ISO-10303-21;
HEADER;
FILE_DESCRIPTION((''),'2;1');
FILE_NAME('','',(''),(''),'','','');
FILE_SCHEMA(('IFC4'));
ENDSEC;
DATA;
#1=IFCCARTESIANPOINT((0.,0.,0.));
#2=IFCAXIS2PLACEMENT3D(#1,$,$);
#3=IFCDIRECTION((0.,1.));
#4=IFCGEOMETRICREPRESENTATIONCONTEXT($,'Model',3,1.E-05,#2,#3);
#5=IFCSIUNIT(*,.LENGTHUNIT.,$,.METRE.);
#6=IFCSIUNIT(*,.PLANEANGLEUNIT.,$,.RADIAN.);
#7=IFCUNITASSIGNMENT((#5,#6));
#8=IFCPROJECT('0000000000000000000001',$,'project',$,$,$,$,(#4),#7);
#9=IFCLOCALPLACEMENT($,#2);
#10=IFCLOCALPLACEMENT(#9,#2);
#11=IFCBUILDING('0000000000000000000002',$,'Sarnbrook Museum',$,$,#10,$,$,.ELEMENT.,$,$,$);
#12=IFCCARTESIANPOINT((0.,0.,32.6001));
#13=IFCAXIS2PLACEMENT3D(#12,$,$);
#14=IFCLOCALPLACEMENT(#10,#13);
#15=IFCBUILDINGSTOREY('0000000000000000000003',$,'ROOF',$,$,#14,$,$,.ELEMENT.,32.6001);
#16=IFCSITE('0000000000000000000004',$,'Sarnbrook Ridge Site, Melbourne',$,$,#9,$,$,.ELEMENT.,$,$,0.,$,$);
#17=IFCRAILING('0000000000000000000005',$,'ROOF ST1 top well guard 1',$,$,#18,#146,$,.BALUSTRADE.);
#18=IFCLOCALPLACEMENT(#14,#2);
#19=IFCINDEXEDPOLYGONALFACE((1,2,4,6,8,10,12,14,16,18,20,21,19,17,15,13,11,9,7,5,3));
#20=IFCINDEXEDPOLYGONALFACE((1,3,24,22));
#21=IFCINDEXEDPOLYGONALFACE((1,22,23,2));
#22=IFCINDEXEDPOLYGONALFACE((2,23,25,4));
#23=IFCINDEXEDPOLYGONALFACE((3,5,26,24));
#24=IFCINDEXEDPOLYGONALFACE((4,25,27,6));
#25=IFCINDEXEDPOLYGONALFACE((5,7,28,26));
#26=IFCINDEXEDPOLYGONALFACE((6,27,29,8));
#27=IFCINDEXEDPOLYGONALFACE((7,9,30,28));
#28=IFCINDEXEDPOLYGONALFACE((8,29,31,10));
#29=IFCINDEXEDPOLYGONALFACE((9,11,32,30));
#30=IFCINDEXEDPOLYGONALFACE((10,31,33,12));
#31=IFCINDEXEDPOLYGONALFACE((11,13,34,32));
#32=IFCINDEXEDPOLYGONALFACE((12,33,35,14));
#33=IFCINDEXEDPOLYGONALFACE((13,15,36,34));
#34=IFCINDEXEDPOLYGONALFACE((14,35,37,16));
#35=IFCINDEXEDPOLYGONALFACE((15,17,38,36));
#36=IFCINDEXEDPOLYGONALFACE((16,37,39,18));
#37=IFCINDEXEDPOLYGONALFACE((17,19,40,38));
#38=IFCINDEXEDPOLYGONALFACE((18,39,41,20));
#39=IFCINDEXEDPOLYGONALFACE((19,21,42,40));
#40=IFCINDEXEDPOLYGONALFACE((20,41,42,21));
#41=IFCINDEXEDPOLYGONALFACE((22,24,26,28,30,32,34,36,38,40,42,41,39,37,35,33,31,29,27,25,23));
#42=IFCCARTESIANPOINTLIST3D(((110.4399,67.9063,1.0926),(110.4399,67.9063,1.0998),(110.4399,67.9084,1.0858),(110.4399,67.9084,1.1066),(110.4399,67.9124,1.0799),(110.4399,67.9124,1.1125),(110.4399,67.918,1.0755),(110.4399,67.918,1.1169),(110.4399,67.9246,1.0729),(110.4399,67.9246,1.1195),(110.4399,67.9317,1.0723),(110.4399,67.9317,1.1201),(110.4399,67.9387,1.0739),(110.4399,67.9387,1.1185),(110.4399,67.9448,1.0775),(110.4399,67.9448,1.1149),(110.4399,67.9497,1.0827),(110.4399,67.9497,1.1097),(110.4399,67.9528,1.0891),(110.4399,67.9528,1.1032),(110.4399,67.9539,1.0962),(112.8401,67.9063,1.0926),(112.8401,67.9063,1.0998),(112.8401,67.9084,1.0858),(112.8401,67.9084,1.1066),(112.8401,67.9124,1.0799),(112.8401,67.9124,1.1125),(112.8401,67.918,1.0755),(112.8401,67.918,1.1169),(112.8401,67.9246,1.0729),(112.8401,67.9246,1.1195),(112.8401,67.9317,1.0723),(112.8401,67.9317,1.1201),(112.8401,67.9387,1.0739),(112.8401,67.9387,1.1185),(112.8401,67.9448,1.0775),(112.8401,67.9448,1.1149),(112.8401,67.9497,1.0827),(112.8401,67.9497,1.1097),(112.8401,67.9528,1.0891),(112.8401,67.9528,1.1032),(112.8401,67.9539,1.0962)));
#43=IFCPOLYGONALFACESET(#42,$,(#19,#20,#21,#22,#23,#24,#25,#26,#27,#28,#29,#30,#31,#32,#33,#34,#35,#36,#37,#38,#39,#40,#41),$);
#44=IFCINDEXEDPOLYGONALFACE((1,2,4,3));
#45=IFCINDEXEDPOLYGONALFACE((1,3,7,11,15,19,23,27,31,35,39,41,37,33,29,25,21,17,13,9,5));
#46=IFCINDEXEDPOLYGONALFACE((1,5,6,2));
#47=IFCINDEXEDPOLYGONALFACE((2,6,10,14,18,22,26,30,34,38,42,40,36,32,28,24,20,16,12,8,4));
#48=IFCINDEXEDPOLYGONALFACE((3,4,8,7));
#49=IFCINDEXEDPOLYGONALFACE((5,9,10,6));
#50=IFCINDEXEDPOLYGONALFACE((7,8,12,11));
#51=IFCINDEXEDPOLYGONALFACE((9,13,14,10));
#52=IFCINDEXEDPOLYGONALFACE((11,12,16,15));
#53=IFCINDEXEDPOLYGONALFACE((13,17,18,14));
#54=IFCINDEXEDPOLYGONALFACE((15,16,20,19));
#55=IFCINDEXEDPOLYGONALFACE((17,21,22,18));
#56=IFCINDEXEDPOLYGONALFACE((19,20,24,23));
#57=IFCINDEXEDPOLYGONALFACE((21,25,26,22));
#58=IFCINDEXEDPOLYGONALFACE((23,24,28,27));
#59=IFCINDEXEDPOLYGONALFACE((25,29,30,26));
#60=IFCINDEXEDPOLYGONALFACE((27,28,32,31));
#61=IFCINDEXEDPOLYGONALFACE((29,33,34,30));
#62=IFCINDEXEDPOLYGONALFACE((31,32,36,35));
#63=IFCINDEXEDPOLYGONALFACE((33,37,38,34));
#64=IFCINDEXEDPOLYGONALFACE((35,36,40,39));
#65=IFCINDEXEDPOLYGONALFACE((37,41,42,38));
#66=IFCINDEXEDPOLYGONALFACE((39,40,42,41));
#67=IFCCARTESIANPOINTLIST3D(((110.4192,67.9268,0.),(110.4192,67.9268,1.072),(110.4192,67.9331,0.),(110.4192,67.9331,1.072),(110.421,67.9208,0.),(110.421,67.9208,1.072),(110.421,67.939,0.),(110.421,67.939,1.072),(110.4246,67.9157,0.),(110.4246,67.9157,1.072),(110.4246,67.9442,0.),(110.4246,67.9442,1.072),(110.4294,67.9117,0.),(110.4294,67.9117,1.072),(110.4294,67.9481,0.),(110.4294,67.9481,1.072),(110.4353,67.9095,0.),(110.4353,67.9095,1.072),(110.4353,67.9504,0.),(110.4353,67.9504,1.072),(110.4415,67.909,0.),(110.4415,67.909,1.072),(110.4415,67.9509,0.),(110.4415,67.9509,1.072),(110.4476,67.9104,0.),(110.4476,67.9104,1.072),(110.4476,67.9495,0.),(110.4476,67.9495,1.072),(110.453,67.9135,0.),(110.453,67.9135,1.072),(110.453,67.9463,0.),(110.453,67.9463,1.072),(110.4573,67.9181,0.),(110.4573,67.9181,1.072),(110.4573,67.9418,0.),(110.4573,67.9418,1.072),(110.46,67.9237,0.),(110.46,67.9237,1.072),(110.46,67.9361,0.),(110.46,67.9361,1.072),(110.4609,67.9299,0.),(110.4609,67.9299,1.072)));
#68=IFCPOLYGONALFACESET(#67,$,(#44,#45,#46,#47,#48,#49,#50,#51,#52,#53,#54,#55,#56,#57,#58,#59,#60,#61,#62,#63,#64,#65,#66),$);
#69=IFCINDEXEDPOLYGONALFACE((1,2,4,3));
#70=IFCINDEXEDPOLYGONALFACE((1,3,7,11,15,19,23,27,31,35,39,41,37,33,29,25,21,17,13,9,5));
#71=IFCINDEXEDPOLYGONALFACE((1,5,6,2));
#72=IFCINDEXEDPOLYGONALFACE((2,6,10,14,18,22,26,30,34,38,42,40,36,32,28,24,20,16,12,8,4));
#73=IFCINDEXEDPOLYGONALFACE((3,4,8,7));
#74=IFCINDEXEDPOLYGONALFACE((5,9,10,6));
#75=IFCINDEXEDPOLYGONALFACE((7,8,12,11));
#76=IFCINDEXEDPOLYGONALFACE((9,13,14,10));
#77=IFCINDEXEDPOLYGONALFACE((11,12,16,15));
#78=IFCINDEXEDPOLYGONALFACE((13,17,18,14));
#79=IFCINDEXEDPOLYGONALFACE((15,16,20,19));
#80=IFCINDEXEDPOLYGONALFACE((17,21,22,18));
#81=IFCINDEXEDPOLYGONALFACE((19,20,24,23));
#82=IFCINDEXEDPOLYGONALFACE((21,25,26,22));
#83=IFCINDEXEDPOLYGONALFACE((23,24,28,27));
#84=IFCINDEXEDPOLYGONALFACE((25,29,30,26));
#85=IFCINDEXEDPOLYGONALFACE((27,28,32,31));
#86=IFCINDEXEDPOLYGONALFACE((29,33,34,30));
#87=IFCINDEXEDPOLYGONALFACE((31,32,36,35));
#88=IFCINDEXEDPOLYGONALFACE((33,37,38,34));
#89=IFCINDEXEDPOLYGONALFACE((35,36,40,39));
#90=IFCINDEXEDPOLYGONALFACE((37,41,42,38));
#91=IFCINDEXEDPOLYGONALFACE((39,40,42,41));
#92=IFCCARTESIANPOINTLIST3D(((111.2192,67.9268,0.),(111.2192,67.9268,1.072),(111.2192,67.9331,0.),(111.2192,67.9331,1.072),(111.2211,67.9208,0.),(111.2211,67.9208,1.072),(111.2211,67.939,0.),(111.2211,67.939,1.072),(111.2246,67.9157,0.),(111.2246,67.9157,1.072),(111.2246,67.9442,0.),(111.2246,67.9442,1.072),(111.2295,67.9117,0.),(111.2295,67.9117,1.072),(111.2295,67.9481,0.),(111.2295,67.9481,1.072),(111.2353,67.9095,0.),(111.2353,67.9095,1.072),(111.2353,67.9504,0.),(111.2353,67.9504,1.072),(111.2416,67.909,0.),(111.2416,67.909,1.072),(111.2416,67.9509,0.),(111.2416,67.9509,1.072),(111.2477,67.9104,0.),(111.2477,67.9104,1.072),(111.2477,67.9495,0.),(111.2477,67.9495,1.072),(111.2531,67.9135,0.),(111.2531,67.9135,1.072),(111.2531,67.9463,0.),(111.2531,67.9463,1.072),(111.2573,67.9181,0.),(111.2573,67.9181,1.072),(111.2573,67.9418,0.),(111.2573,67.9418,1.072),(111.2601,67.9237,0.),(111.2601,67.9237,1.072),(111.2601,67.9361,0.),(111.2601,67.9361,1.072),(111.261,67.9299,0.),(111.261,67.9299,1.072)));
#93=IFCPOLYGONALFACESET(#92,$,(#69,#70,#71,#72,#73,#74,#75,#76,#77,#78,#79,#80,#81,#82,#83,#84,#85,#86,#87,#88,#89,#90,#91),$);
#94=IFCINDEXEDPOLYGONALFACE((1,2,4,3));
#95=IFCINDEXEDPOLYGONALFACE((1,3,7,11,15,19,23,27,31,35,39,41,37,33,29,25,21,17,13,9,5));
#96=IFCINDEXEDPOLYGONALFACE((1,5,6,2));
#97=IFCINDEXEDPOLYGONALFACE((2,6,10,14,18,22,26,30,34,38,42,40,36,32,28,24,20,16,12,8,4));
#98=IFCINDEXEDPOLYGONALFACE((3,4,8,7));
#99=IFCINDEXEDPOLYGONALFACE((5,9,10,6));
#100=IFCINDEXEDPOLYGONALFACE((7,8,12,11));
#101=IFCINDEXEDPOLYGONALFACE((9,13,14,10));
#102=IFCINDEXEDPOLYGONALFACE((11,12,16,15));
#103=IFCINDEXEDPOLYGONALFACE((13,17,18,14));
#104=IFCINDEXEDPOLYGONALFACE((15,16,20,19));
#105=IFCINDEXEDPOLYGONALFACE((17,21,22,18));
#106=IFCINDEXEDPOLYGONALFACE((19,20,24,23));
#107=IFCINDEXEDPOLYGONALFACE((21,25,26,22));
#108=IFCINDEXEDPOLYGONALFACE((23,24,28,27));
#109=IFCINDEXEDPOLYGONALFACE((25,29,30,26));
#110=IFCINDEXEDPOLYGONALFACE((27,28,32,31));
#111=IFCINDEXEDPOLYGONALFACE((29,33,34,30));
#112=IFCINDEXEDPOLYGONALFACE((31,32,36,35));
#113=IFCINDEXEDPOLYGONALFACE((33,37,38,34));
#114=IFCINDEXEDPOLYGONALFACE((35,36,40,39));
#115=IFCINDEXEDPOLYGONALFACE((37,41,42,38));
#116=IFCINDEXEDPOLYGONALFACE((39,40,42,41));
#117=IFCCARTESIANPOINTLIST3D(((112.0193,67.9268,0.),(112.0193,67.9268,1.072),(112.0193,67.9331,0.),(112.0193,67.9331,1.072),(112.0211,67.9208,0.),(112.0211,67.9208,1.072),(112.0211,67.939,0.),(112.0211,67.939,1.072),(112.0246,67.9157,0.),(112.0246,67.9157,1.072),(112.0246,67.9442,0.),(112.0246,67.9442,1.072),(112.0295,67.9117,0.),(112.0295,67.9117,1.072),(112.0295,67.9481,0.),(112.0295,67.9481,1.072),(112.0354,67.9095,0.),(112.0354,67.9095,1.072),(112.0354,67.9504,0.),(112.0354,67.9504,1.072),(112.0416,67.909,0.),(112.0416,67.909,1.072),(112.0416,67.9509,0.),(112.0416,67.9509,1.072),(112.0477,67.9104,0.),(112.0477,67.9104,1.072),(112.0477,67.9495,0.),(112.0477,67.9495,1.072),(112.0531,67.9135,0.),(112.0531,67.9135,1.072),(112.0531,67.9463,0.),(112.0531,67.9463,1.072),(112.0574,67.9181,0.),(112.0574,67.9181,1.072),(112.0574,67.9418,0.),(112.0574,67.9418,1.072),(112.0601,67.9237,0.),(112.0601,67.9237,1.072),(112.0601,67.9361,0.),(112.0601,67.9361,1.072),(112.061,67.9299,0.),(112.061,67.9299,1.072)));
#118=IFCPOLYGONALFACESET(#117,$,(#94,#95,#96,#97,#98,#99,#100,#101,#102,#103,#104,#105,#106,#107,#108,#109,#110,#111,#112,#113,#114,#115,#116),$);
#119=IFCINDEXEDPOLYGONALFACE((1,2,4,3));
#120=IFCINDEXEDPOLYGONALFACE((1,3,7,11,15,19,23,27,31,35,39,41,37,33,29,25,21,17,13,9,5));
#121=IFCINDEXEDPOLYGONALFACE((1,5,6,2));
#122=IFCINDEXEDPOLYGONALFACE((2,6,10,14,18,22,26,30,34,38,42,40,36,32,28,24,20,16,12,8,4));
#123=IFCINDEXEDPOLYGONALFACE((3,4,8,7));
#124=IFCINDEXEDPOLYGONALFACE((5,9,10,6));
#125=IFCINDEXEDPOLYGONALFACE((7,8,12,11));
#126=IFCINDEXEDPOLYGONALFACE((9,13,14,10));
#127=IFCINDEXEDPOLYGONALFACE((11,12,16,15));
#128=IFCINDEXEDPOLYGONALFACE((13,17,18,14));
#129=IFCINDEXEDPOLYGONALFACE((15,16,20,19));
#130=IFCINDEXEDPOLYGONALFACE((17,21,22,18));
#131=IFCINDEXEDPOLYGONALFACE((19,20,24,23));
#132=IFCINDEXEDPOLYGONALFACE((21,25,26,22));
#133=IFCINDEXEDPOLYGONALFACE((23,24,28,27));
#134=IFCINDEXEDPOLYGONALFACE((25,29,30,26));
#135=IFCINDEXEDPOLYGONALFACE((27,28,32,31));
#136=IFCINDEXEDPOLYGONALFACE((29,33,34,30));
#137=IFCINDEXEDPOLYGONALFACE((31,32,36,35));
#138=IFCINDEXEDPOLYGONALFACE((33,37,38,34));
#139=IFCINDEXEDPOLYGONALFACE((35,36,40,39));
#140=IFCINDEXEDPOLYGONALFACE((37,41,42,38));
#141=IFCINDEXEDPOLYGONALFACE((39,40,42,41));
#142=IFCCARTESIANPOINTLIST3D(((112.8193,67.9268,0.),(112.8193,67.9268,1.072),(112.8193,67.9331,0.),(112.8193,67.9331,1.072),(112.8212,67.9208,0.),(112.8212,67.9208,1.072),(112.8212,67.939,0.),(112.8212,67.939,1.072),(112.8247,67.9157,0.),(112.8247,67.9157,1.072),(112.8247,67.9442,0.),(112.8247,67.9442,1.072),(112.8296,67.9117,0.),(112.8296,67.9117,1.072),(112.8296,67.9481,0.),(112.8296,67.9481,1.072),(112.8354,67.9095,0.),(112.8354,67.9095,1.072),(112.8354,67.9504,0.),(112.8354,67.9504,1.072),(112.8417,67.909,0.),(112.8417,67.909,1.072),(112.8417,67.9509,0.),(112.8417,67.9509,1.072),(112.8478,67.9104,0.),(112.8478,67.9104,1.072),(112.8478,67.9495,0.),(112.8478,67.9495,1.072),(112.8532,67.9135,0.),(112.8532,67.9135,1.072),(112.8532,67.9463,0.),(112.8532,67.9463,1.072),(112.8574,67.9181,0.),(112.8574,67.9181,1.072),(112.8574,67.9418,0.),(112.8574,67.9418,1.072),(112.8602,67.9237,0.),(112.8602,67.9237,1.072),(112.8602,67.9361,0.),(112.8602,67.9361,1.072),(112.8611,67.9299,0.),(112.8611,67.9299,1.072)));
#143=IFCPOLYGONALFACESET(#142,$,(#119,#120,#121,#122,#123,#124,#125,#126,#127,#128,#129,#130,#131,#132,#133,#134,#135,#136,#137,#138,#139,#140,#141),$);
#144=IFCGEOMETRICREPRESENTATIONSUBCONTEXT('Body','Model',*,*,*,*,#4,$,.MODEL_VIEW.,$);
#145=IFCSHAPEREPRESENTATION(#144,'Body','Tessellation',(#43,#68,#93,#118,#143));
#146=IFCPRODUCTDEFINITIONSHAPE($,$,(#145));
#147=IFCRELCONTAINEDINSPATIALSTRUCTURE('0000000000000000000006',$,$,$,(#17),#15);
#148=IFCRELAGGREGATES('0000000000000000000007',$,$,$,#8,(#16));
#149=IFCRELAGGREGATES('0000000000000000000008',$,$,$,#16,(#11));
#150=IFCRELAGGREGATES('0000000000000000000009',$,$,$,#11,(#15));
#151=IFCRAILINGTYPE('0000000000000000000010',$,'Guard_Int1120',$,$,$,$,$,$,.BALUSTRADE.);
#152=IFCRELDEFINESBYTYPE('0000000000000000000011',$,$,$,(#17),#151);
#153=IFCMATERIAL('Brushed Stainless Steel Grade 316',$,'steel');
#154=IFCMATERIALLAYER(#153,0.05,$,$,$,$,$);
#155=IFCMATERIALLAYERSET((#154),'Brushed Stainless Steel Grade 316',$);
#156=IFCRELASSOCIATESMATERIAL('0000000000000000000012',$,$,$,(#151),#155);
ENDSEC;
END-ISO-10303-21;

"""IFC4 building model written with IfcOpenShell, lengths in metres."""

from ifc_helpers import new_model, si_unit, direction, frame, origin, origin_2d, place, context, subcontext, project, spatial, circle, extrude, material, layer, layer_set, type_object, element, save


model = new_model("IFC4")

# Units and contexts
model_context = context("Model", 3, precision=1e-05, world=origin(), true_north=direction((0.0, 1.0)))
body_context = subcontext(model_context, "Body", "Model", "MODEL_VIEW")
ifc_project = project(units=[si_unit("LENGTHUNIT", "METRE"), si_unit("PLANEANGLEUNIT", "RADIAN")], contexts=[model_context])

# Site, building, storey
site_placement = place(None, origin())
site = spatial("IfcSite", under=ifc_project, at=site_placement, Name="Sarnbrook Ridge Site, Melbourne", CompositionType="ELEMENT", RefElevation=0.0)
building_placement = place(site_placement, origin())
building = spatial("IfcBuilding", under=site, at=building_placement, Name="Sarnbrook Museum", CompositionType="ELEMENT")
storey_placement = place(building_placement, frame((0.0, 0.0, 32.6001)))
storey = spatial("IfcBuildingStorey", under=building, at=storey_placement, Name="ROOF", CompositionType="ELEMENT", Elevation=32.6001)

# Shared definitions
ifc_material_1 = material(Name="Brushed Stainless Steel Grade 316", Category="steel")

# Railing
ifc_layer_1 = layer(ifc_material_1, 0.05)
ifc_layer_set_1 = layer_set([ifc_layer_1], Name="Brushed Stainless Steel Grade 316")
railing_type = type_object("IfcRailingType", Name="Guard_Int1120", PredefinedType="BALUSTRADE", material=ifc_layer_set_1)
railing_1_placement = place(storey_placement, frame((110.4399, 67.9299, 0.0)))
element("IfcRailing", 1, at=railing_1_placement, inside=storey, type_object=railing_type, Name="ROOF ST1 top well guard 1", PredefinedType="BALUSTRADE", context=body_context, shape_type="SweptSolid", body=[
    extrude(circle(Radius=0.0239, at=origin_2d()), frame((0.0, 0.0, 1.0962), z_axis=(1.0, 0.0, 0.0), x_axis=(0.0, 1.0, 0.0)), (0.0, 0.0, 1.0), 2.4001),
    extrude(circle(Radius=0.021, at=origin_2d()), origin(), (0.0, 0.0, 1.0), 1.072),
    extrude(circle(Radius=0.021, at=origin_2d()), frame((0.8, 0.0, 0.0)), (0.0, 0.0, 1.0), 1.072),
    extrude(circle(Radius=0.021, at=origin_2d()), frame((1.6001, 0.0, 0.0)), (0.0, 0.0, 1.0), 1.072),
    extrude(circle(Radius=0.021, at=origin_2d()), frame((2.4001, 0.0, 0.0)), (0.0, 0.0, 1.0), 1.072),
])

save(model, "model.ifc")
